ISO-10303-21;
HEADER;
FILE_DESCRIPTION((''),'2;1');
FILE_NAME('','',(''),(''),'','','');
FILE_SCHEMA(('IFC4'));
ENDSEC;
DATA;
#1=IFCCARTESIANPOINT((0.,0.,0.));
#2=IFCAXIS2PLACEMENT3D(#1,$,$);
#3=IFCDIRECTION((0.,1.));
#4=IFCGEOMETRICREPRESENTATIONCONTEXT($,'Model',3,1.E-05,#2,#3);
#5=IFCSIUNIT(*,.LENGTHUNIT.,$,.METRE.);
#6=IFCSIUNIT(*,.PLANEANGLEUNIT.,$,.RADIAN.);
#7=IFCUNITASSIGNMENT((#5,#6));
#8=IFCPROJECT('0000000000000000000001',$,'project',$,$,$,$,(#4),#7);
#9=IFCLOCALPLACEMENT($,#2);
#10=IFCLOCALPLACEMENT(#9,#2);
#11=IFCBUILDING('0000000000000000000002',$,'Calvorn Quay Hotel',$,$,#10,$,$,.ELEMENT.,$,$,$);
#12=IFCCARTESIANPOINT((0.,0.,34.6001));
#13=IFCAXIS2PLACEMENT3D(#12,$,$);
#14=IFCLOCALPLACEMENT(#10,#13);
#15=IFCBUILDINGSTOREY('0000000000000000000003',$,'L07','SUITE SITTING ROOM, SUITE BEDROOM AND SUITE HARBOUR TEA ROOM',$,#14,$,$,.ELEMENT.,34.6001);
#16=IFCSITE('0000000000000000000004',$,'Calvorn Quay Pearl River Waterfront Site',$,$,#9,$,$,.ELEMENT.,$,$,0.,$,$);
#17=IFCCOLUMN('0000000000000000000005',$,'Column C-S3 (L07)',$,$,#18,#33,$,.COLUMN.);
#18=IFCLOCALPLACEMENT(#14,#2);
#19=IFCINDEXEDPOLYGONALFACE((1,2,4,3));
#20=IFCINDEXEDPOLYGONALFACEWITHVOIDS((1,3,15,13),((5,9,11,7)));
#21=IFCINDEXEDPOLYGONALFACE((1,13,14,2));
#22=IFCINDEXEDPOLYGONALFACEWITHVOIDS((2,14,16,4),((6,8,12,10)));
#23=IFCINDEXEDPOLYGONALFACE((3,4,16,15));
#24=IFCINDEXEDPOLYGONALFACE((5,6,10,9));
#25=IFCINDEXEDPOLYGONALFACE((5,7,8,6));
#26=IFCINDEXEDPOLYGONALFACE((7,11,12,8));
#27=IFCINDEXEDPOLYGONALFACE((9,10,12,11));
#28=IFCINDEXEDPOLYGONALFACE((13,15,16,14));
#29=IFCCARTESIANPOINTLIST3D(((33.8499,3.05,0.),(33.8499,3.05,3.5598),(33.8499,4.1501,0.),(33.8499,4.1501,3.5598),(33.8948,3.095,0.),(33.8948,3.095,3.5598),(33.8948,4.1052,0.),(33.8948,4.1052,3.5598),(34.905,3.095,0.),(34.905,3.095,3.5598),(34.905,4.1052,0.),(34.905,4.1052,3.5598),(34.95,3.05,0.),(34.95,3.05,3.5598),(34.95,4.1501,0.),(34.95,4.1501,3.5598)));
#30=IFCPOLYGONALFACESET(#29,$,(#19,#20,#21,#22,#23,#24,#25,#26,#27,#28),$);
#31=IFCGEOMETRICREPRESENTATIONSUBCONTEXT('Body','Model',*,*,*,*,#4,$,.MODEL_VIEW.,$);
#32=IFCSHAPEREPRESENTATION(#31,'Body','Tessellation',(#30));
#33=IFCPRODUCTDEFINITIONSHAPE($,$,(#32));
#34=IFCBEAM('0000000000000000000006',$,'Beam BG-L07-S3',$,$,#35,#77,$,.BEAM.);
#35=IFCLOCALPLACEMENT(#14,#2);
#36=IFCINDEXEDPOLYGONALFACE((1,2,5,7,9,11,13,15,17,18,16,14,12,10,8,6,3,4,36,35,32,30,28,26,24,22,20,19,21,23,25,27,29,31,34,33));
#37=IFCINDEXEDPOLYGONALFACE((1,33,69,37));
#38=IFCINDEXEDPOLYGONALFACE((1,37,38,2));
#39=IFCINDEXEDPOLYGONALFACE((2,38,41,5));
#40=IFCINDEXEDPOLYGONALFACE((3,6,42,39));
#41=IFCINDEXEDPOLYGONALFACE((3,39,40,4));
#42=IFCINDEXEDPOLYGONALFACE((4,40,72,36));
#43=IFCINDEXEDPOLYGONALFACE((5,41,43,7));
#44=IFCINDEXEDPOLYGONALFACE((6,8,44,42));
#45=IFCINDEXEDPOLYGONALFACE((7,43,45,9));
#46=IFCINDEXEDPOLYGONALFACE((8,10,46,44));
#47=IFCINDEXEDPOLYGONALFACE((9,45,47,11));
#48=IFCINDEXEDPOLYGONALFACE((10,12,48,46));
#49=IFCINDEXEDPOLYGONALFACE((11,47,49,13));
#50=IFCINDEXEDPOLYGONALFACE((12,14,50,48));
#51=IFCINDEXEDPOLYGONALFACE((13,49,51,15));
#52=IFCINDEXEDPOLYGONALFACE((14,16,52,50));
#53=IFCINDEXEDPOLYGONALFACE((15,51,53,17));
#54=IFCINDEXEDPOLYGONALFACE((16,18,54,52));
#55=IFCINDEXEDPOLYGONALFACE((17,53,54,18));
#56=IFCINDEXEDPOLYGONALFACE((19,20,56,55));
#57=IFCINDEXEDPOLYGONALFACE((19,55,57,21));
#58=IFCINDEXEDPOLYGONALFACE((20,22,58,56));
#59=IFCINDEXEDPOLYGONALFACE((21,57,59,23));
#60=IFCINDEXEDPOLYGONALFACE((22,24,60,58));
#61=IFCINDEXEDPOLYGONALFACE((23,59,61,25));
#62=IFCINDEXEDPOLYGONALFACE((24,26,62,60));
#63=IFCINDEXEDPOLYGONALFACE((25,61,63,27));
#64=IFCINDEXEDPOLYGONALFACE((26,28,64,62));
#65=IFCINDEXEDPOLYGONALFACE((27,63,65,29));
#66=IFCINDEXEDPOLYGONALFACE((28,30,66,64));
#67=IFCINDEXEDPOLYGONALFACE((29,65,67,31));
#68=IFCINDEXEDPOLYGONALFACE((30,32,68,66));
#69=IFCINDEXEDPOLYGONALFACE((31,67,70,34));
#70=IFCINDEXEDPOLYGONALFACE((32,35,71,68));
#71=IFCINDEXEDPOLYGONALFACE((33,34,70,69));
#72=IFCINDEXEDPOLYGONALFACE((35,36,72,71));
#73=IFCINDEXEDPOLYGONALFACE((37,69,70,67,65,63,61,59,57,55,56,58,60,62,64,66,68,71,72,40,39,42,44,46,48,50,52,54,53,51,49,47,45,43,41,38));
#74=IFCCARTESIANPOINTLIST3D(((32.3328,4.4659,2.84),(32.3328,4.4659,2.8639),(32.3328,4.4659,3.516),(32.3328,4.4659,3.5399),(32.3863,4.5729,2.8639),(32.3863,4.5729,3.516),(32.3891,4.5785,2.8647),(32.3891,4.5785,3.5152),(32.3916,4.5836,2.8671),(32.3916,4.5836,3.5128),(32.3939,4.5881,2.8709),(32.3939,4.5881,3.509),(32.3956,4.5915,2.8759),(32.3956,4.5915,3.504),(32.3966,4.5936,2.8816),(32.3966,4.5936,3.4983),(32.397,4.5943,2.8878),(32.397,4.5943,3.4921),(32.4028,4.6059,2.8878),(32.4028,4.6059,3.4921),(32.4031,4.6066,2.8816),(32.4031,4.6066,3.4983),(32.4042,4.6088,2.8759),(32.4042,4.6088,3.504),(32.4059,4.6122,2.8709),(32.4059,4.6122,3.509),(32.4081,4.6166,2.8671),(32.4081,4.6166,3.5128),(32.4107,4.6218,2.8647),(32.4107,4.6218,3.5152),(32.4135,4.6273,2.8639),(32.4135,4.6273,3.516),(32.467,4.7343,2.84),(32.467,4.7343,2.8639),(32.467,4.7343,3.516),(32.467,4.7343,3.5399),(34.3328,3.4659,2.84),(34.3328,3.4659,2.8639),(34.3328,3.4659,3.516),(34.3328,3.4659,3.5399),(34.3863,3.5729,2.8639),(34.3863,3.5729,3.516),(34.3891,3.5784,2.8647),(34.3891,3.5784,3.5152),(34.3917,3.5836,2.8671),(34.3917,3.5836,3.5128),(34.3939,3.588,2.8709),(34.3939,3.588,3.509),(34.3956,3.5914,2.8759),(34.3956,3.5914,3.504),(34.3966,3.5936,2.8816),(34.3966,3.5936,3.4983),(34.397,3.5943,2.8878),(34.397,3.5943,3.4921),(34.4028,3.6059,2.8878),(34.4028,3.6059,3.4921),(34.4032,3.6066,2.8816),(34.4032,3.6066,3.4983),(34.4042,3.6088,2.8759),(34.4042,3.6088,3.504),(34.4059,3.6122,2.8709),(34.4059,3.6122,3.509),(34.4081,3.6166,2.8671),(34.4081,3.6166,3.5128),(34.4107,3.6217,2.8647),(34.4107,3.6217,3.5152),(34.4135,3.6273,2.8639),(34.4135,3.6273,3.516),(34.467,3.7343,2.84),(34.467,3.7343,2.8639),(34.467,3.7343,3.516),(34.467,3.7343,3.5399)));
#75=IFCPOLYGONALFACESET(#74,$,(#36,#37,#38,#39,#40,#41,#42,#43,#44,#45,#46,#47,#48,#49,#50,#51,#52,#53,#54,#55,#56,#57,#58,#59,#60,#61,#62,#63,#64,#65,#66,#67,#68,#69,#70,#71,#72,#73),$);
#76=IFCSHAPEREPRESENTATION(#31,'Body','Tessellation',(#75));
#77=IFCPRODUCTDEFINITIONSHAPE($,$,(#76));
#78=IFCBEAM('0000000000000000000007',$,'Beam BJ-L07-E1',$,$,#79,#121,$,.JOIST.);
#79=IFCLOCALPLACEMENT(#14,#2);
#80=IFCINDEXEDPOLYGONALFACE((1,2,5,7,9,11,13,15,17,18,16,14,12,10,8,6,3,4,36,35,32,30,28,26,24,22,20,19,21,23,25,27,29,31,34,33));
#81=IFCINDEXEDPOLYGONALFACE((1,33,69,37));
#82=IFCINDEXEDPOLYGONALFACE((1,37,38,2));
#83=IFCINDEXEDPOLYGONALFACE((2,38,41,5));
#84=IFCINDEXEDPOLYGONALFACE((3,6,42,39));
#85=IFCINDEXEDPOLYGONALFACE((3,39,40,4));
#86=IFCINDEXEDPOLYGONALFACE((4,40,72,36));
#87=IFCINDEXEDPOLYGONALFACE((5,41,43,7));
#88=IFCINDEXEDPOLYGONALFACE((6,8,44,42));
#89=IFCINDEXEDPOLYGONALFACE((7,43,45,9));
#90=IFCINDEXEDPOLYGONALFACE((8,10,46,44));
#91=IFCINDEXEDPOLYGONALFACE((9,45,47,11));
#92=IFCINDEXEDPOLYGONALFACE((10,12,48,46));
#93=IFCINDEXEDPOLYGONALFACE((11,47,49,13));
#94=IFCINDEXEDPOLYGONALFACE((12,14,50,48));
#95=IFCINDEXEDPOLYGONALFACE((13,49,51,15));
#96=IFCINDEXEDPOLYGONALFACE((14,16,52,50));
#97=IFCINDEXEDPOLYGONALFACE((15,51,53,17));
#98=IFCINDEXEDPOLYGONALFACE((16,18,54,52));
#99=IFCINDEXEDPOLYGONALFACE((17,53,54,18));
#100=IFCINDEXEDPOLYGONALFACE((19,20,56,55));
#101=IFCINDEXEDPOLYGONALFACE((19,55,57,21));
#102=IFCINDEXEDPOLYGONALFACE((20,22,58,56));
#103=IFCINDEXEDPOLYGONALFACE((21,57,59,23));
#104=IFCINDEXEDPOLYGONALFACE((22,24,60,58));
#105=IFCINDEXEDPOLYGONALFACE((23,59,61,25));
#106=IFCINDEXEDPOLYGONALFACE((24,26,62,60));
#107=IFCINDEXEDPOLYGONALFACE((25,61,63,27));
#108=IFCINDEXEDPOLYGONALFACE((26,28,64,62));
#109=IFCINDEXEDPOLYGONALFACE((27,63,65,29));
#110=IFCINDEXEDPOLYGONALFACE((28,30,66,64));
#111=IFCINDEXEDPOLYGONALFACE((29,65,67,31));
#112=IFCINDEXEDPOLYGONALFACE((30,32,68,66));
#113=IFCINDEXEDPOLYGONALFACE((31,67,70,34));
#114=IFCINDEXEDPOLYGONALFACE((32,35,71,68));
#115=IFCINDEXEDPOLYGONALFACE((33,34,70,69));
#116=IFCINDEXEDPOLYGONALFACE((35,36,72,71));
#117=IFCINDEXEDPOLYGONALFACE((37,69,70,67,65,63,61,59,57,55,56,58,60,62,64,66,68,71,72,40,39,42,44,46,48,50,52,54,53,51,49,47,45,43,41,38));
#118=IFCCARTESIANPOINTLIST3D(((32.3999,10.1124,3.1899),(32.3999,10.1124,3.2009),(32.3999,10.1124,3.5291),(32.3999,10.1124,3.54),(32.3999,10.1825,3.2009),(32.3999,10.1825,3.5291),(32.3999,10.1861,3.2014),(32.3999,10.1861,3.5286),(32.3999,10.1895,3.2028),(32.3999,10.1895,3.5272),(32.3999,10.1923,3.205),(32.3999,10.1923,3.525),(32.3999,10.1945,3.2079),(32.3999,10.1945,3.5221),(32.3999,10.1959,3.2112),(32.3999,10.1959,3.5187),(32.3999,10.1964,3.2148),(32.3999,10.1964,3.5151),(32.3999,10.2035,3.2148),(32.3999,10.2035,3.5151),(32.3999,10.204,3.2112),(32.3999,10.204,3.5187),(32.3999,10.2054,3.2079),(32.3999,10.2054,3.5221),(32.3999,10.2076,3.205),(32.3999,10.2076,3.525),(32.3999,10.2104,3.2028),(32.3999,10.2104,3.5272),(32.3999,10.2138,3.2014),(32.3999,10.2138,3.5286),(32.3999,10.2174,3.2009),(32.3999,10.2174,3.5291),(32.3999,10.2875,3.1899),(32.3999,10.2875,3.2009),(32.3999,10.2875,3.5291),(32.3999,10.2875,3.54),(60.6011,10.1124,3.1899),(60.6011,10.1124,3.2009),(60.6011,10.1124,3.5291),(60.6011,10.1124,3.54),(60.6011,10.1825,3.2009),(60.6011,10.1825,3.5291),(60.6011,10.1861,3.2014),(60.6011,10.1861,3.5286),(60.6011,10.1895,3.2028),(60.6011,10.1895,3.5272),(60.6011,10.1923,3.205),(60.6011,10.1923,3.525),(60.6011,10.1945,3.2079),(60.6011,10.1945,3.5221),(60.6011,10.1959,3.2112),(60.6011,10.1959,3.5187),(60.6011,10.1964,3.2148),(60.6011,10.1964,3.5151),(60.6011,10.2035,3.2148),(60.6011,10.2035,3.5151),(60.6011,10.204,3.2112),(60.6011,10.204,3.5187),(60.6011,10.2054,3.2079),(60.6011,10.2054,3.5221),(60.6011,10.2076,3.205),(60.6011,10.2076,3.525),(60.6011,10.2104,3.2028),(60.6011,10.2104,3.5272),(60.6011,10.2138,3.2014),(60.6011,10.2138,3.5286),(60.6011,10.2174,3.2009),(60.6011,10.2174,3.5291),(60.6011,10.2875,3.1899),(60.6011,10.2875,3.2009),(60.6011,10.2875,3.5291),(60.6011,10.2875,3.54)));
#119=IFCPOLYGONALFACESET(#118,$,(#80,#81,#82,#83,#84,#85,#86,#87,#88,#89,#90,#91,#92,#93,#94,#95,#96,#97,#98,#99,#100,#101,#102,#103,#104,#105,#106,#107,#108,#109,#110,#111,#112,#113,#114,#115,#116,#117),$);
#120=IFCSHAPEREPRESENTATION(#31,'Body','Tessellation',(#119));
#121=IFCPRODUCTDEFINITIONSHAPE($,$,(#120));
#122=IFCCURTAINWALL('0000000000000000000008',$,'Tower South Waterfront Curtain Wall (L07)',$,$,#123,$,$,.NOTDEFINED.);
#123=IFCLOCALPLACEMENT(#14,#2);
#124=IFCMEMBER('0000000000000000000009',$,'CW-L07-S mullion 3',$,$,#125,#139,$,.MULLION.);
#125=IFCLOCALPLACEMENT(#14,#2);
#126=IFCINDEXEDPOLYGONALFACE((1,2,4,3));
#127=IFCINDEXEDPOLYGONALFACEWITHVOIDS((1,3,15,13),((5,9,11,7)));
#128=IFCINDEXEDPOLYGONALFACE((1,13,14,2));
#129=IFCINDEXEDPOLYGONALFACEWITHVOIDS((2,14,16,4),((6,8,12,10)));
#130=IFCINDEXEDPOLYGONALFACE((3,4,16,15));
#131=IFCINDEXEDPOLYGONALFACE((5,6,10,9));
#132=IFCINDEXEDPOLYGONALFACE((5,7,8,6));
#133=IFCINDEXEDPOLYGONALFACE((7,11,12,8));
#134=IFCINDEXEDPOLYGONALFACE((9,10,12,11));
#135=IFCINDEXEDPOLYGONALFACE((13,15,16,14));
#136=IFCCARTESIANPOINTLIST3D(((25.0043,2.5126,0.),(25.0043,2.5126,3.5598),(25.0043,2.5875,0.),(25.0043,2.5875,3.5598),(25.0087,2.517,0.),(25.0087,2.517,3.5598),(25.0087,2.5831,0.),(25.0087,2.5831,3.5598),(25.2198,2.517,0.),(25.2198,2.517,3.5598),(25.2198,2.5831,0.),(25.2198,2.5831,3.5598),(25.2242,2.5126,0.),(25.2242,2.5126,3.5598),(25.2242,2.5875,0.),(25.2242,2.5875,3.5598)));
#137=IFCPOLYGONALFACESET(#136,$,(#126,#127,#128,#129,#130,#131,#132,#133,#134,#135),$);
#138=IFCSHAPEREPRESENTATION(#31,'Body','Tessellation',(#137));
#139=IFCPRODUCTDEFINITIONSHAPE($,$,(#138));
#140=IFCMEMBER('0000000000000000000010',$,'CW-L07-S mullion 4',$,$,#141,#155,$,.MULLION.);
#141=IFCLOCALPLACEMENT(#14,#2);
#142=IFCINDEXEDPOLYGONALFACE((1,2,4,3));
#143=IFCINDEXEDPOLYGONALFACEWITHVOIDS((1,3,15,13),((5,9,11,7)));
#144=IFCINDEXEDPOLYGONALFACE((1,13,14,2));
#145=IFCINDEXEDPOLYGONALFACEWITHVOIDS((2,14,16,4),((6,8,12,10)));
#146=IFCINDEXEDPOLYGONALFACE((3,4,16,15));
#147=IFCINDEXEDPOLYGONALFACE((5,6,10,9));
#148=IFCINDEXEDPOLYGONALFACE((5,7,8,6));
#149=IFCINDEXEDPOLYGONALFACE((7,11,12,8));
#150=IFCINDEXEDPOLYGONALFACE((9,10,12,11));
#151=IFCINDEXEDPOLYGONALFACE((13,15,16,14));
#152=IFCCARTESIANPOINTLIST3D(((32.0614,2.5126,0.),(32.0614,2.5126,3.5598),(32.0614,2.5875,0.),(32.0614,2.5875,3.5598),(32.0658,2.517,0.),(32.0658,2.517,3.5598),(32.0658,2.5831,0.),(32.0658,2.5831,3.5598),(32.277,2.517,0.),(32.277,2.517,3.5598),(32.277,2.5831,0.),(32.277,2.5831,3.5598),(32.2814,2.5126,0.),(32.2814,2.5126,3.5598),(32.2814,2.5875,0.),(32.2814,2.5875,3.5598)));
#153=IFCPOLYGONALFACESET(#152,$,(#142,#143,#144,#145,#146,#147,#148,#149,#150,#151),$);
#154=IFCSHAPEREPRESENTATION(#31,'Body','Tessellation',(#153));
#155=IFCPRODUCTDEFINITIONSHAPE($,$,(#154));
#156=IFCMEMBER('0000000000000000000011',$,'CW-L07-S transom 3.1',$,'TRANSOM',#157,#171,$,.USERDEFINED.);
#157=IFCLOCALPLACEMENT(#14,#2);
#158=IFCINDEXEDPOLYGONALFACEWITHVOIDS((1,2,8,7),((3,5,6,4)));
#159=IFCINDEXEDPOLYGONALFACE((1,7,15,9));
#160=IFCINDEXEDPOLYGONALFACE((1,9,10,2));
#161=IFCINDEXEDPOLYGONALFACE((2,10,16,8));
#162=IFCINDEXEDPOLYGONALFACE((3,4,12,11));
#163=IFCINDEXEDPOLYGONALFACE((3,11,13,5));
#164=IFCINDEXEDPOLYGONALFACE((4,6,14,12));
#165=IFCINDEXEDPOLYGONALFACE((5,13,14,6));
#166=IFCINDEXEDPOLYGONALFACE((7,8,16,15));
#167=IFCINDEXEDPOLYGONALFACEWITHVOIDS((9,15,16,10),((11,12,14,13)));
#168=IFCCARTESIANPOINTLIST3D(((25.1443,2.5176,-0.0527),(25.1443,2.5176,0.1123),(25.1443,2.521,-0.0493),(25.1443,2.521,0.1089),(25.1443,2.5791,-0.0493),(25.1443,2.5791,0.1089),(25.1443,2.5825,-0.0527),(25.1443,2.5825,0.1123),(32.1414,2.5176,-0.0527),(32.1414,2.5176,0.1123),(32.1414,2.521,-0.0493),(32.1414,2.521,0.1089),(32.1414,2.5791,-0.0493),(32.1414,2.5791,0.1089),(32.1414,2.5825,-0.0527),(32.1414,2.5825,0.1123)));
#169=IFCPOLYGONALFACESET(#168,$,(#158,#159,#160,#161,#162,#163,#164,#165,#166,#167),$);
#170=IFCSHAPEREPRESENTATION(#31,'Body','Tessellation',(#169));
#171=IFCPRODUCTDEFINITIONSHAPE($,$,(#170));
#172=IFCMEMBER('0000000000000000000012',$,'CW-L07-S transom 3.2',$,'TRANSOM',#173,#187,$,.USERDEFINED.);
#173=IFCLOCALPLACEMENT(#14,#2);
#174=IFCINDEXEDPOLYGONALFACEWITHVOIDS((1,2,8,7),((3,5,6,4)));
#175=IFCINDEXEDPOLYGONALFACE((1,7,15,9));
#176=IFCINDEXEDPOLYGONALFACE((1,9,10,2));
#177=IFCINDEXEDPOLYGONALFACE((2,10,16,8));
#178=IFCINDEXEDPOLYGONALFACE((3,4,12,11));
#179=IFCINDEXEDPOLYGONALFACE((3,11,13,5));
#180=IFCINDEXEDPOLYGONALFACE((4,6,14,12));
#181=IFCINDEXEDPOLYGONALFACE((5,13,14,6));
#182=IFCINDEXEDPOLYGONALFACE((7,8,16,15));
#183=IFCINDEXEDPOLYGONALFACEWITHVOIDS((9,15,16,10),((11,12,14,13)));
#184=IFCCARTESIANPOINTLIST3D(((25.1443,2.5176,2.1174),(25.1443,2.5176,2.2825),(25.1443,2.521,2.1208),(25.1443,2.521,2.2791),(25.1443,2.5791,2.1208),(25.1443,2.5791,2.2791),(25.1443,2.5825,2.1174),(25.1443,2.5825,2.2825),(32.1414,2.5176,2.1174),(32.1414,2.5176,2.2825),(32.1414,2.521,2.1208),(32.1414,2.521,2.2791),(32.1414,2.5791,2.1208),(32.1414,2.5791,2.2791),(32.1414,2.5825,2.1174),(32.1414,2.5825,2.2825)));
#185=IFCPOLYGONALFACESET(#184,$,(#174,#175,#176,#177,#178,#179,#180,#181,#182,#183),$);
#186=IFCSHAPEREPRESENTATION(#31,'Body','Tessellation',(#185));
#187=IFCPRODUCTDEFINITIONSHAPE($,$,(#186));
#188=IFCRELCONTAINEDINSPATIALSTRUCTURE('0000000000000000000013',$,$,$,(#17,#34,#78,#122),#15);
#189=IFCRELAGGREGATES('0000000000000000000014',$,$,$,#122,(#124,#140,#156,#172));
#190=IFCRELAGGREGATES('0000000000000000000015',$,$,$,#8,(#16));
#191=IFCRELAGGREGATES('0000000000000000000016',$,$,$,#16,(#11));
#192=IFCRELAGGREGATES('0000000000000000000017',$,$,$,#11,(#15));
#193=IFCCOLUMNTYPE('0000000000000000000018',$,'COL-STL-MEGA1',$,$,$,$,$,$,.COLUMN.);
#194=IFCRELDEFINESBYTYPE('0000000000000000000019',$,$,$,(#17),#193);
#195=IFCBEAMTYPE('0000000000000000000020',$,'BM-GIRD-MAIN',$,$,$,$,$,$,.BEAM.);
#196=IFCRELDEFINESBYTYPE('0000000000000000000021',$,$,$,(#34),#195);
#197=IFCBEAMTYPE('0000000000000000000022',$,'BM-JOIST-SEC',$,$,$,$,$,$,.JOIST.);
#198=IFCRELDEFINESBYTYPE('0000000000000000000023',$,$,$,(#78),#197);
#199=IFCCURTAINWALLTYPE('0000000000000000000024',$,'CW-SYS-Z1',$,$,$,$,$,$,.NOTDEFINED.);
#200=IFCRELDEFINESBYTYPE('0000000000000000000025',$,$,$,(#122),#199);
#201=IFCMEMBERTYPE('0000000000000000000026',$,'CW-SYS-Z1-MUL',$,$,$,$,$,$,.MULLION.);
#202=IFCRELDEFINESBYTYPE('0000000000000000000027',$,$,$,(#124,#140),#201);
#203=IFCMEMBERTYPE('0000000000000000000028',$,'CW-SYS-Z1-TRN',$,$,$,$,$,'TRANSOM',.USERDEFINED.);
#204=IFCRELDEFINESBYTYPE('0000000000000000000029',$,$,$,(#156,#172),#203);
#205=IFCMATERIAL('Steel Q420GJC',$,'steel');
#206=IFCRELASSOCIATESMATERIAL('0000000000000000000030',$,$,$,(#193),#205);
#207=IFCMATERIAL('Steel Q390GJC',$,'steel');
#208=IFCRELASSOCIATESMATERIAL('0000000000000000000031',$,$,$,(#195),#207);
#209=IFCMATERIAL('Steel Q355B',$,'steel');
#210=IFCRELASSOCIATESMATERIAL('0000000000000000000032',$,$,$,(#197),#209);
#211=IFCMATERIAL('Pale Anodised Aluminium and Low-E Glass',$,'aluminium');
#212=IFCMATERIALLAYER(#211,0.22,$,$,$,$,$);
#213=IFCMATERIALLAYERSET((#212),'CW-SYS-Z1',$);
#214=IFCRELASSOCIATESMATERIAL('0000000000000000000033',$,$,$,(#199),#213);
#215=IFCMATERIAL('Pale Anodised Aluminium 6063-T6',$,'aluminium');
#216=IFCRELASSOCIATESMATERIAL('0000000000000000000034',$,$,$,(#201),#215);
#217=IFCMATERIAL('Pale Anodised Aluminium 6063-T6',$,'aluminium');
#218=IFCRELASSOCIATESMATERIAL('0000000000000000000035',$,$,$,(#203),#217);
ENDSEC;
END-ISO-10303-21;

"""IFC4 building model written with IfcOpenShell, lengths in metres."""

from ifc_helpers import new_model, si_unit, direction, frame, origin, origin_2d, place, context, subcontext, project, spatial, hollow_rectangle, i_section, extrude, material, layer, layer_set, material_profile, profile_set, type_object, element, aggregate, save


model = new_model("IFC4")

# Units and contexts
model_context = context("Model", 3, precision=1e-05, world=origin(), true_north=direction((0.0, 1.0)))
body_context = subcontext(model_context, "Body", "Model", "MODEL_VIEW")
ifc_project = project(units=[si_unit("LENGTHUNIT", "METRE"), si_unit("PLANEANGLEUNIT", "RADIAN")], contexts=[model_context])

# Site, building, storey
site_placement = place(None, origin())
site = spatial("IfcSite", under=ifc_project, at=site_placement, Name="Calvorn Quay Pearl River Waterfront Site", CompositionType="ELEMENT", RefElevation=0.0)
building_placement = place(site_placement, origin())
building = spatial("IfcBuilding", under=site, at=building_placement, Name="Calvorn Quay Hotel", CompositionType="ELEMENT")
storey_placement = place(building_placement, frame((0.0, 0.0, 34.6001)))
storey = spatial("IfcBuildingStorey", under=building, at=storey_placement, Name="L07", Description="SUITE SITTING ROOM, SUITE BEDROOM AND SUITE HARBOUR TEA ROOM", CompositionType="ELEMENT", Elevation=34.6001)

# Column
ifc_material_1 = material(Name="Steel Q420GJC", Category="steel")
ifc_material_profile_1 = material_profile(ifc_material_1, hollow_rectangle(XDim=1.1001, YDim=1.1001, WallThickness=0.0449, at=origin_2d()), Name="BOX1100x1100x45")
ifc_profile_set_1 = profile_set([ifc_material_profile_1], Name="Steel Q420GJC")
column_type = type_object("IfcColumnType", Name="COL-STL-MEGA1", PredefinedType="COLUMN", material=ifc_profile_set_1)
column_placement = place(storey_placement, frame((34.3999, 3.6001, 0.0), z_axis=(0.0, 0.0, 1.0), x_axis=(1.0, 0.0, 0.0)))
element("IfcColumn", 1, at=column_placement, inside=storey, type_object=column_type, Name="Column C-S3 (L07)", PredefinedType="COLUMN", context=body_context, shape_type="SweptSolid", body=[
    extrude(hollow_rectangle(XDim=1.1001, YDim=1.1001, WallThickness=0.0449, at=origin_2d()), origin(), (0.0, 0.0, 1.0), 3.5598),
])

# Beams
ifc_material_2 = material(Name="Steel Q390GJC", Category="steel")
ifc_material_profile_2 = material_profile(ifc_material_2, i_section(OverallWidth=0.3, OverallDepth=0.7, WebThickness=0.0129, FlangeThickness=0.0239, FilletRadius=0.0239, at=origin_2d()), Name="HN700x300x13x24")
ifc_profile_set_2 = profile_set([ifc_material_profile_2], Name="Steel Q390GJC")
beam_type_1 = type_object("IfcBeamType", Name="BM-GIRD-MAIN", PredefinedType="BEAM", material=ifc_profile_set_2)
beam_1_placement = place(storey_placement, frame((34.3999, 3.6001, 3.1899), z_axis=(-0.894427, 0.447214, 0.0), x_axis=(-0.447214, -0.894427, 0.0)))
element("IfcBeam", 2, at=beam_1_placement, inside=storey, type_object=beam_type_1, Name="Beam BG-L07-S3", PredefinedType="BEAM", context=body_context, shape_type="SweptSolid", body=[
    extrude(i_section(OverallWidth=0.3, OverallDepth=0.7, WebThickness=0.0129, FlangeThickness=0.0239, FilletRadius=0.0239, at=origin_2d()), origin(), (0.0, 0.0, 1.0), 2.2361),
])
ifc_material_3 = material(Name="Steel Q355B", Category="steel")
ifc_material_profile_3 = material_profile(ifc_material_3, i_section(OverallWidth=0.175, OverallDepth=0.3501, WebThickness=0.0071, FlangeThickness=0.011, FilletRadius=0.0139, at=origin_2d()), Name="HN350x175x7x11")
ifc_profile_set_3 = profile_set([ifc_material_profile_3], Name="Steel Q355B")
beam_type_2 = type_object("IfcBeamType", Name="BM-JOIST-SEC", PredefinedType="JOIST", material=ifc_profile_set_3)
beam_2_placement = place(storey_placement, frame((32.3999, 10.2, 3.365), z_axis=(1.0, 0.0, 0.0), x_axis=(0.0, 1.0, 0.0)))
element("IfcBeam", 3, at=beam_2_placement, inside=storey, type_object=beam_type_2, Name="Beam BJ-L07-E1", PredefinedType="JOIST", context=body_context, shape_type="SweptSolid", body=[
    extrude(i_section(OverallWidth=0.175, OverallDepth=0.3501, WebThickness=0.0071, FlangeThickness=0.011, FilletRadius=0.0139, at=origin_2d()), origin(), (0.0, 0.0, 1.0), 28.2012),
])

# Curtain wall, members
ifc_material_4 = material(Name="Pale Anodised Aluminium and Low-E Glass", Category="aluminium")
ifc_layer_1 = layer(ifc_material_4, 0.22)
ifc_layer_set_1 = layer_set([ifc_layer_1], Name="CW-SYS-Z1")
curtain_wall_type = type_object("IfcCurtainWallType", Name="CW-SYS-Z1", PredefinedType="NOTDEFINED", material=ifc_layer_set_1)
curtain_wall_placement = place(storey_placement, origin())
curtain_wall = element("IfcCurtainWall", 4, at=curtain_wall_placement, inside=storey, type_object=curtain_wall_type, Name="Tower South Waterfront Curtain Wall (L07)", PredefinedType="NOTDEFINED")
ifc_material_5 = material(Name="Pale Anodised Aluminium 6063-T6", Category="aluminium")
ifc_material_profile_4 = material_profile(ifc_material_5, hollow_rectangle(XDim=0.075, YDim=0.22, WallThickness=0.0044, at=origin_2d()), Name="ALU-M220x75x4.5")
ifc_profile_set_4 = profile_set([ifc_material_profile_4], Name="Pale Anodised Aluminium 6063-T6")
member_type_1 = type_object("IfcMemberType", Name="CW-SYS-Z1-MUL", PredefinedType="MULLION", material=ifc_profile_set_4)
member_1_placement = place(storey_placement, frame((25.1143, 2.55, 0.0), z_axis=(0.0, 0.0, 1.0), x_axis=(0.0, 1.0, 0.0)))
member_1 = element("IfcMember", 5, at=member_1_placement, type_object=member_type_1, Name="CW-L07-S mullion 3", PredefinedType="MULLION", context=body_context, shape_type="SweptSolid", body=[
    extrude(hollow_rectangle(XDim=0.075, YDim=0.22, WallThickness=0.0044, at=origin_2d()), origin(), (0.0, 0.0, 1.0), 3.5598),
])
member_2_placement = place(storey_placement, frame((32.1714, 2.55, 0.0), z_axis=(0.0, 0.0, 1.0), x_axis=(0.0, 1.0, 0.0)))
member_2 = element("IfcMember", 6, at=member_2_placement, type_object=member_type_1, Name="CW-L07-S mullion 4", PredefinedType="MULLION", context=body_context, shape_type="SweptSolid", body=[
    extrude(hollow_rectangle(XDim=0.075, YDim=0.22, WallThickness=0.0044, at=origin_2d()), origin(), (0.0, 0.0, 1.0), 3.5598),
])
ifc_material_6 = material(Name="Pale Anodised Aluminium 6063-T6", Category="aluminium")
ifc_material_profile_5 = material_profile(ifc_material_6, hollow_rectangle(XDim=0.0649, YDim=0.165, WallThickness=0.0034, at=origin_2d()), Name="ALU-T165x65x3.5")
ifc_profile_set_5 = profile_set([ifc_material_profile_5], Name="Pale Anodised Aluminium 6063-T6")
member_type_2 = type_object("IfcMemberType", Name="CW-SYS-Z1-TRN", ElementType="TRANSOM", PredefinedType="USERDEFINED", material=ifc_profile_set_5)
member_3_placement = place(storey_placement, frame((25.1443, 2.55, 0.0298), z_axis=(1.0, 0.0, 0.0), x_axis=(0.0, 1.0, 0.0)))
member_3 = element("IfcMember", 7, at=member_3_placement, type_object=member_type_2, Name="CW-L07-S transom 3.1", ObjectType="TRANSOM", PredefinedType="USERDEFINED", context=body_context, shape_type="SweptSolid", body=[
    extrude(hollow_rectangle(XDim=0.0649, YDim=0.165, WallThickness=0.0034, at=origin_2d()), origin(), (0.0, 0.0, 1.0), 6.9971),
])
member_4_placement = place(storey_placement, frame((25.1443, 2.55, 2.2), z_axis=(1.0, 0.0, 0.0), x_axis=(0.0, 1.0, 0.0)))
member_4 = element("IfcMember", 8, at=member_4_placement, type_object=member_type_2, Name="CW-L07-S transom 3.2", ObjectType="TRANSOM", PredefinedType="USERDEFINED", context=body_context, shape_type="SweptSolid", body=[
    extrude(hollow_rectangle(XDim=0.0649, YDim=0.165, WallThickness=0.0034, at=origin_2d()), origin(), (0.0, 0.0, 1.0), 6.9971),
])
aggregate(curtain_wall, [member_1, member_2, member_3, member_4])

save(model, "model.ifc")
